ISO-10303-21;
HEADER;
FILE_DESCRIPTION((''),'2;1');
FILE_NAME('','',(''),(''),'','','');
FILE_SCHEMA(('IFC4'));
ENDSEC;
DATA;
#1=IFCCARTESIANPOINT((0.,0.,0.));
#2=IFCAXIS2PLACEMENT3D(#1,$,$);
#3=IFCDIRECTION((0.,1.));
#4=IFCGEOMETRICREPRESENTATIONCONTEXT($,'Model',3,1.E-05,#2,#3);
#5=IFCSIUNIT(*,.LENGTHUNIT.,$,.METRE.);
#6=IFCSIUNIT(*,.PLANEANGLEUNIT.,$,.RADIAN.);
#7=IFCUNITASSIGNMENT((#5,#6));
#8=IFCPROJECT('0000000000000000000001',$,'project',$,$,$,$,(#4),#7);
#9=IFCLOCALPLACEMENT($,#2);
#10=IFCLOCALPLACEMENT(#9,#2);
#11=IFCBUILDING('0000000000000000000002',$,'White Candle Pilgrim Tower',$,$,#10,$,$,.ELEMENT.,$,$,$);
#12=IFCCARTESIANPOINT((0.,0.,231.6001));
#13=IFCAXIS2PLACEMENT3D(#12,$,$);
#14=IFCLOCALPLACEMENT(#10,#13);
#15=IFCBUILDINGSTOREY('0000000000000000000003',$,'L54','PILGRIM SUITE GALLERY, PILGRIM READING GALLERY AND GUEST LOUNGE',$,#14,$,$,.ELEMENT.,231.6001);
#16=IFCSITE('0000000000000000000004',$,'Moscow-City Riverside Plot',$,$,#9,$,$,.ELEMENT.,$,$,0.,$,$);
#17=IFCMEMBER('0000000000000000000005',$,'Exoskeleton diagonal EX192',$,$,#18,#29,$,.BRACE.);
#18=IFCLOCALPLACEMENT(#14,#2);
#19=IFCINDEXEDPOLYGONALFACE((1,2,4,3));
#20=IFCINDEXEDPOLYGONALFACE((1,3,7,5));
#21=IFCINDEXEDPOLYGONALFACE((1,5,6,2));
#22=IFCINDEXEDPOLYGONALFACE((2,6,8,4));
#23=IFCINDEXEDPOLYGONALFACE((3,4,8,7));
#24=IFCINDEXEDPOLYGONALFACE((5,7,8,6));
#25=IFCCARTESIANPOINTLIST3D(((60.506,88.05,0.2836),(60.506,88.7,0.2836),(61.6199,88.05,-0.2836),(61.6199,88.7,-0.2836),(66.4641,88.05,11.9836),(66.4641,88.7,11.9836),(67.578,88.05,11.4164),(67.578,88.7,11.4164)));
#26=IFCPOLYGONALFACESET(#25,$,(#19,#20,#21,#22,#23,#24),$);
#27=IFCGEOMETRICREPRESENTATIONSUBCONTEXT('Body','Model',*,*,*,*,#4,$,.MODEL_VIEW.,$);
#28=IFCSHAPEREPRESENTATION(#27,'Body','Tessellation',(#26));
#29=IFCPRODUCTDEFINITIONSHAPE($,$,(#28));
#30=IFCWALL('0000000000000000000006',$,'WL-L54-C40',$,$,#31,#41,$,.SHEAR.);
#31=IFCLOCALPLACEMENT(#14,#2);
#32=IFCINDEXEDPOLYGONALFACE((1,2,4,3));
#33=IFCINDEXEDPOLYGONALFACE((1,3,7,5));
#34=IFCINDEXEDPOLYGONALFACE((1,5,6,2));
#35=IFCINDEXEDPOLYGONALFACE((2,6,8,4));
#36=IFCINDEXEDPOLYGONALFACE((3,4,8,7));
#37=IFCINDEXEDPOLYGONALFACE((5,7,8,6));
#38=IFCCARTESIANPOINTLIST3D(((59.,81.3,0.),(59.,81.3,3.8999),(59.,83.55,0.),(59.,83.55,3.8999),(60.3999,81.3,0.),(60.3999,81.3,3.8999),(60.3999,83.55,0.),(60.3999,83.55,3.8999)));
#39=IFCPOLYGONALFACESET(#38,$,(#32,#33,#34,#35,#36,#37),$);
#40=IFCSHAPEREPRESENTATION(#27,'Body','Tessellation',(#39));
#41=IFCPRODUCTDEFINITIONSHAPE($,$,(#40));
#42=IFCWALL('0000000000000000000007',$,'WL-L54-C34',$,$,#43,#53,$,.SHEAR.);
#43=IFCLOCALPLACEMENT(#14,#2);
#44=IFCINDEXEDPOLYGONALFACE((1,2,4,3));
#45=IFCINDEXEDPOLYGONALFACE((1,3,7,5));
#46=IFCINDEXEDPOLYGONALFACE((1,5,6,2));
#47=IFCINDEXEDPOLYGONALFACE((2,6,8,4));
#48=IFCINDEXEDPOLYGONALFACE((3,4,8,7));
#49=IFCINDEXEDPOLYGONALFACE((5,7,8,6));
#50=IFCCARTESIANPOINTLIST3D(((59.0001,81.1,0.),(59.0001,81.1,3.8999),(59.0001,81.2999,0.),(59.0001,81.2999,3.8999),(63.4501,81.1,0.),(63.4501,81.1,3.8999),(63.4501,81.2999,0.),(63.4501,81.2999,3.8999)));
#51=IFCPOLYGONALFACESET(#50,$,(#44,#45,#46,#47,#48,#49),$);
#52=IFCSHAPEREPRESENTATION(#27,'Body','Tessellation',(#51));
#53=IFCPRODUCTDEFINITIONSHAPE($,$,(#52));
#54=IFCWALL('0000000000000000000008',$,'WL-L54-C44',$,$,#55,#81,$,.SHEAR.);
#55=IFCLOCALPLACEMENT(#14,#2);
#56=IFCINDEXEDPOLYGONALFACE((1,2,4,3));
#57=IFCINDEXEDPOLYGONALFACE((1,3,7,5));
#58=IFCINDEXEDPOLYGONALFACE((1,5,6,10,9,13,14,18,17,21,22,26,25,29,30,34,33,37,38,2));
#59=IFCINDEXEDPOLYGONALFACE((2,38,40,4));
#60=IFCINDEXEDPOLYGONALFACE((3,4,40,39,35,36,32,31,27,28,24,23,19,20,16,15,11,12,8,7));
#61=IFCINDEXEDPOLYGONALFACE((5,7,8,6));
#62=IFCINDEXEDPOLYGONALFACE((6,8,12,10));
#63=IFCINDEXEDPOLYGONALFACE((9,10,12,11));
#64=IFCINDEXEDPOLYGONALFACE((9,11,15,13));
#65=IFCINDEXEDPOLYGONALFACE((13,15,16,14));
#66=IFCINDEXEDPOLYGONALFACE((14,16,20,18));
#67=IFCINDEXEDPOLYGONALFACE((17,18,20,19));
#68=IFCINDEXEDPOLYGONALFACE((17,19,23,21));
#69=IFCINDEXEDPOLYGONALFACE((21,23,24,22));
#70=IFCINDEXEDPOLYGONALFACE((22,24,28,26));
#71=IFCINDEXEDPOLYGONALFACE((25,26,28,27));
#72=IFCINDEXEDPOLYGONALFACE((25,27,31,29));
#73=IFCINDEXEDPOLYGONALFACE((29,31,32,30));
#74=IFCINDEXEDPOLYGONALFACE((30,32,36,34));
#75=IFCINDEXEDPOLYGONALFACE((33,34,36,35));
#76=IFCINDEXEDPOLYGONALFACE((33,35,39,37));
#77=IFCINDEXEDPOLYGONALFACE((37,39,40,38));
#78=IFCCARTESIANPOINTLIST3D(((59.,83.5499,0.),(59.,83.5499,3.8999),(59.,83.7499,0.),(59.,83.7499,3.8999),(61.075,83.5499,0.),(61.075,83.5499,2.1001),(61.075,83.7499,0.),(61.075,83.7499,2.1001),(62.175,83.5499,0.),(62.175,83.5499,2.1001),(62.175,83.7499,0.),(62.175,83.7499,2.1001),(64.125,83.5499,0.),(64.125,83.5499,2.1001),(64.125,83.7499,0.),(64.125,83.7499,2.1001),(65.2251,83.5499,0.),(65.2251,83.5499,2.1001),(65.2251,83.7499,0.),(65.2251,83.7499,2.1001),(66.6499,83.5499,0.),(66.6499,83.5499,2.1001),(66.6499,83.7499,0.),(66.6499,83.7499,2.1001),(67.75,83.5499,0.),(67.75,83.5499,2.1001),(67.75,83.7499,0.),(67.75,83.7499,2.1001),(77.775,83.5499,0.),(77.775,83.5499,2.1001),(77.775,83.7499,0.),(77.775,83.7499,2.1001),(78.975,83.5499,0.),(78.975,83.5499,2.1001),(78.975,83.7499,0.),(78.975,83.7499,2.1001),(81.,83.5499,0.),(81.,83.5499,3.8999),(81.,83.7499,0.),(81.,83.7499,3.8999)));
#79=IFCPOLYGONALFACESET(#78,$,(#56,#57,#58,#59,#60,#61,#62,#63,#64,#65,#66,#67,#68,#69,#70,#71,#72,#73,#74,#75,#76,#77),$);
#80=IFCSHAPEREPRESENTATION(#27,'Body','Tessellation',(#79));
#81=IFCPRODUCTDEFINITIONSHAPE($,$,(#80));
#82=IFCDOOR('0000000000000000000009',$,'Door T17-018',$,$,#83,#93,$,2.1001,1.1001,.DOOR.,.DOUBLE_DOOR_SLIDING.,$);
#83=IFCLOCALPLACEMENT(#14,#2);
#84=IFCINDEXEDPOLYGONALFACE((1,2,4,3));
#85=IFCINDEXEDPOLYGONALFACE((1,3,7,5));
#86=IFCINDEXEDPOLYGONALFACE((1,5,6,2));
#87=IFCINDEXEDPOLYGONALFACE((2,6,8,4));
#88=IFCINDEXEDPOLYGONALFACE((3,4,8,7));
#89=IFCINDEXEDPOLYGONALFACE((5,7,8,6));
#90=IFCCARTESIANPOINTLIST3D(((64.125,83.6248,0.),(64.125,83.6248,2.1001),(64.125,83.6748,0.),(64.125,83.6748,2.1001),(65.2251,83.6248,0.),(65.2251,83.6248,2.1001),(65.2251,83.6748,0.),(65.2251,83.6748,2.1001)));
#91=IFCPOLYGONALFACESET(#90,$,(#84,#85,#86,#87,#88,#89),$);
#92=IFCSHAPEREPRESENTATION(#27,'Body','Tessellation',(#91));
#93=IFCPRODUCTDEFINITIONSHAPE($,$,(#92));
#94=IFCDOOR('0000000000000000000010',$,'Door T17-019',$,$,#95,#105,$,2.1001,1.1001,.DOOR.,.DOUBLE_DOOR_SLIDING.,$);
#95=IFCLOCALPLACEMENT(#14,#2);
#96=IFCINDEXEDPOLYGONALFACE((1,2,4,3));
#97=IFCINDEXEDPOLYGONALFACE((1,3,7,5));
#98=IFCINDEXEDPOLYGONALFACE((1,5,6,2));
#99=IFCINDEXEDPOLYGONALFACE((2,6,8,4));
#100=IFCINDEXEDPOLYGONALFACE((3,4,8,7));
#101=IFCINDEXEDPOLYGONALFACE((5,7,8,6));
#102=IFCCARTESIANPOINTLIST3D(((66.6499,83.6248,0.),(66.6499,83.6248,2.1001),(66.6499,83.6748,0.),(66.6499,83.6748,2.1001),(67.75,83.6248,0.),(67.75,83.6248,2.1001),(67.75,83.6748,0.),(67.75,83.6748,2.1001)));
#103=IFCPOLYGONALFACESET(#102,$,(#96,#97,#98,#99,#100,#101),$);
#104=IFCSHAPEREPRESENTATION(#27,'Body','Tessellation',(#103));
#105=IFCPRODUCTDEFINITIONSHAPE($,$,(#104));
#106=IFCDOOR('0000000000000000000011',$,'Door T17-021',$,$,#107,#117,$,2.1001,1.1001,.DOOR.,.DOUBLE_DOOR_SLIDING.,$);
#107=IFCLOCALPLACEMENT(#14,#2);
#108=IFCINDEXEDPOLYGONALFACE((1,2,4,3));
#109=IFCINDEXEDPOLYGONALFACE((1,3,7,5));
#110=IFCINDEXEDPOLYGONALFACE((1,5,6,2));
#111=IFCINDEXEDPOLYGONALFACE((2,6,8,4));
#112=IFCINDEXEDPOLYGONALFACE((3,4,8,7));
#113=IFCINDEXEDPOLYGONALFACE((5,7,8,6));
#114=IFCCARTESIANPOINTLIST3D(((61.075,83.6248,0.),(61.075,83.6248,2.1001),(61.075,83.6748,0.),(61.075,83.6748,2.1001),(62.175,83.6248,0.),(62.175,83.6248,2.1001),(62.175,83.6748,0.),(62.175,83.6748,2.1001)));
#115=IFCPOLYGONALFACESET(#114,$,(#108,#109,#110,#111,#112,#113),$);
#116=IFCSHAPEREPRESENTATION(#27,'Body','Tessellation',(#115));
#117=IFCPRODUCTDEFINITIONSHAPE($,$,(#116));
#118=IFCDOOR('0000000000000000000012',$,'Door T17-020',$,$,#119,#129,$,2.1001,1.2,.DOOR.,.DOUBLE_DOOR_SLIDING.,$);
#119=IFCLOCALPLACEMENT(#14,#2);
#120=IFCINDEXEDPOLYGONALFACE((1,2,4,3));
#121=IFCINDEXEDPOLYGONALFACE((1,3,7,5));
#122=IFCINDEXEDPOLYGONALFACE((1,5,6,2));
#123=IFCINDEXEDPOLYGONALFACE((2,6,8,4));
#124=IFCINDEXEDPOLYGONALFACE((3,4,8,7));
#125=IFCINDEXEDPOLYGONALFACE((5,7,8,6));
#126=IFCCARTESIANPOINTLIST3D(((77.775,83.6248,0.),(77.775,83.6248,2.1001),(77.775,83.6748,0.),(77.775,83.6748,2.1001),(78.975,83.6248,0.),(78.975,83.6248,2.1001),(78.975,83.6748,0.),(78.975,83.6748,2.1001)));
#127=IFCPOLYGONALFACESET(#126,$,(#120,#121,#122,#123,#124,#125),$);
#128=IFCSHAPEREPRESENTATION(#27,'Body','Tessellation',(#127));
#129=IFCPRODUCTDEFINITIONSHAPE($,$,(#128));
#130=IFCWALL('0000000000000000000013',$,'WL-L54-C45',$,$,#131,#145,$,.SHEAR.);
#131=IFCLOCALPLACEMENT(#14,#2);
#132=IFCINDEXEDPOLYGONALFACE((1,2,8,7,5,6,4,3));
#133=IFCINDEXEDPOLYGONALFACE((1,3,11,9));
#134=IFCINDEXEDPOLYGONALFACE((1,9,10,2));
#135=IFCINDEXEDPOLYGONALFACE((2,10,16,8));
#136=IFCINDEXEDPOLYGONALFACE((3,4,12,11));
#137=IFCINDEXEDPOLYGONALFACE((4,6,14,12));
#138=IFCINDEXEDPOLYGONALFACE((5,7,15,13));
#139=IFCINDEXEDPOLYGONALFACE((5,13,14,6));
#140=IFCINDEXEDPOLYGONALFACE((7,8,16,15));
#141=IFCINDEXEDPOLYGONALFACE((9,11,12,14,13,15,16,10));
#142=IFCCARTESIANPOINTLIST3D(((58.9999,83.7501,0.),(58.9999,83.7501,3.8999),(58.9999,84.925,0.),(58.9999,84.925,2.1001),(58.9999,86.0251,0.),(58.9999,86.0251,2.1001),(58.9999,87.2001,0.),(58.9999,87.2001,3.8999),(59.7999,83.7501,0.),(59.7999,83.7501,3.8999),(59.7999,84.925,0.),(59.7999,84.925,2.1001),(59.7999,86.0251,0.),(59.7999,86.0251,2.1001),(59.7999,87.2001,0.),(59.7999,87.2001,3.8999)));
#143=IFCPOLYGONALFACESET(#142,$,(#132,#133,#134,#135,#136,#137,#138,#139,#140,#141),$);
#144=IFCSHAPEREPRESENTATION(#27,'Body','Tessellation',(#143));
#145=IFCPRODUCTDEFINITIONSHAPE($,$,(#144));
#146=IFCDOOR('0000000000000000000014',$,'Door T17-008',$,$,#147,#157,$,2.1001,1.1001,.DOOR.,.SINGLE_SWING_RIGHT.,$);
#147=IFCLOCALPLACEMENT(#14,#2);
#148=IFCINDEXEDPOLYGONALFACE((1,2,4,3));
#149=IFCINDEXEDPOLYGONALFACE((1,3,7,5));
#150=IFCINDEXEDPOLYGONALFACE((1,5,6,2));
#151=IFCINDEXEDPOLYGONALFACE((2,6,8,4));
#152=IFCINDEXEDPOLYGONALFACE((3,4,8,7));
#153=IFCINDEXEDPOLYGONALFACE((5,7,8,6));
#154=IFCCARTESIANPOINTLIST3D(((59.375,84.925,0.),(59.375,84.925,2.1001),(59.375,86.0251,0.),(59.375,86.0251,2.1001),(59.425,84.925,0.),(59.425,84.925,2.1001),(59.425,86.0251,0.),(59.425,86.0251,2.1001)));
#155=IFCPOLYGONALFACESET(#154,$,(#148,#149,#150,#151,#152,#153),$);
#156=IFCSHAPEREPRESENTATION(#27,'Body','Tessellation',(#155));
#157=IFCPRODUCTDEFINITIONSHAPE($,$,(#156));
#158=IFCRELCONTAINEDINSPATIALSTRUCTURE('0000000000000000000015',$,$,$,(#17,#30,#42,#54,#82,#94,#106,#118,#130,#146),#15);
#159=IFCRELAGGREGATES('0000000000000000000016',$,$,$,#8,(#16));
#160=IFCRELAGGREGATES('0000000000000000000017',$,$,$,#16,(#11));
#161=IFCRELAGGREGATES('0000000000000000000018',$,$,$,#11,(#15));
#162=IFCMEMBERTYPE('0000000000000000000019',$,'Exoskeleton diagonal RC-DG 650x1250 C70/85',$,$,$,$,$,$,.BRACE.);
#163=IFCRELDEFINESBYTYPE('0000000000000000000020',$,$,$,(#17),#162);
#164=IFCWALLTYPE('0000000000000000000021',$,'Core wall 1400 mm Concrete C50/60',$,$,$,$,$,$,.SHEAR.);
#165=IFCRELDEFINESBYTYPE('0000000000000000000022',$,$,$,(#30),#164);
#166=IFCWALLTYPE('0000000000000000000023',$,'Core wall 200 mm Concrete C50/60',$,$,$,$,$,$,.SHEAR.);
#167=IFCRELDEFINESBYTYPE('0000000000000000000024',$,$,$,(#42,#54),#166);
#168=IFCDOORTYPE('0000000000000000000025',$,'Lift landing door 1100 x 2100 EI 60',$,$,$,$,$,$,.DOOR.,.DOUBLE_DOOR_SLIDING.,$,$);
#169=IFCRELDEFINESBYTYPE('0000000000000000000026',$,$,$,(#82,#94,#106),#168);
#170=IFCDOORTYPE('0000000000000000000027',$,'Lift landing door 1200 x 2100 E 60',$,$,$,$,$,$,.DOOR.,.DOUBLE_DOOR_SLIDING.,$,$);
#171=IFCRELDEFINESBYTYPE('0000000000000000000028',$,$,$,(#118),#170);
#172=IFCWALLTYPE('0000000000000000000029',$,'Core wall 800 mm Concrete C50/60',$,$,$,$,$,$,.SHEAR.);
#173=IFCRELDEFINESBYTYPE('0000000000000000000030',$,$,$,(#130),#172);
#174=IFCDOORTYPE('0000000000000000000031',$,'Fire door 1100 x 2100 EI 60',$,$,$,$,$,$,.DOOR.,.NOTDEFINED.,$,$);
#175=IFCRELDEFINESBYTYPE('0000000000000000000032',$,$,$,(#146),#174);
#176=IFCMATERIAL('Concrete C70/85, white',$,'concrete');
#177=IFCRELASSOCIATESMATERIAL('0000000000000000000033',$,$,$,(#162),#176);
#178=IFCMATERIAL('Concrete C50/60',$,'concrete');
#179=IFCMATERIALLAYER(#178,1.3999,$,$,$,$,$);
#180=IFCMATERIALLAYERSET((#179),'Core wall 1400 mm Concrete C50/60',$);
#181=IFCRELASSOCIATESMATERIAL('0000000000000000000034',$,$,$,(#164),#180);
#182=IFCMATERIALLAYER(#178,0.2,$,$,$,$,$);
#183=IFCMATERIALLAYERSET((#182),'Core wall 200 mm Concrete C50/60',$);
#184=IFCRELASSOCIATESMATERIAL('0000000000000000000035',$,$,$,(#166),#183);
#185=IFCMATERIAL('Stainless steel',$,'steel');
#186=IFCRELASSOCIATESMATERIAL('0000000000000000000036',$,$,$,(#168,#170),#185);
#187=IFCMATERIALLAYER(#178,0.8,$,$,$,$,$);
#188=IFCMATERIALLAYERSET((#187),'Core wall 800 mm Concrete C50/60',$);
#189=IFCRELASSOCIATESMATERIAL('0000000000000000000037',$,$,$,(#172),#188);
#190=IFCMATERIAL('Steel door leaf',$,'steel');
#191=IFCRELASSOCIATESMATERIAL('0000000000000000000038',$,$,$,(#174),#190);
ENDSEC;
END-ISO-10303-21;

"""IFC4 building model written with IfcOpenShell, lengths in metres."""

from ifc_helpers import new_model, si_unit, direction, frame, frame_2d, origin, origin_2d, place, context, subcontext, project, spatial, rectangle, extrude, material, layer, layer_set, material_profile, profile_set, type_object, element, fill, save


model = new_model("IFC4")

# Units and contexts
model_context = context("Model", 3, precision=1e-05, world=origin(), true_north=direction((0.0, 1.0)))
body_context = subcontext(model_context, "Body", "Model", "MODEL_VIEW")
ifc_project = project(units=[si_unit("LENGTHUNIT", "METRE"), si_unit("PLANEANGLEUNIT", "RADIAN")], contexts=[model_context])

# Site, building, storey
site_placement = place(None, origin())
site = spatial("IfcSite", under=ifc_project, at=site_placement, Name="Moscow-City Riverside Plot", CompositionType="ELEMENT", RefElevation=0.0)
building_placement = place(site_placement, origin())
building = spatial("IfcBuilding", under=site, at=building_placement, Name="White Candle Pilgrim Tower", CompositionType="ELEMENT")
storey_placement = place(building_placement, frame((0.0, 0.0, 231.6001)))
storey = spatial("IfcBuildingStorey", under=building, at=storey_placement, Name="L54", Description="PILGRIM SUITE GALLERY, PILGRIM READING GALLERY AND GUEST LOUNGE", CompositionType="ELEMENT", Elevation=231.6001)

# Member
ifc_material_1 = material(Name="Concrete C70/85, white", Category="concrete")
ifc_material_profile = material_profile(ifc_material_1, rectangle(XDim=0.6499, YDim=1.25, at=origin_2d()), Name="RC-DG 650x1250")
ifc_profile_set = profile_set([ifc_material_profile], Name="Concrete C70/85, white")
member_type = type_object("IfcMemberType", Name="Exoskeleton diagonal RC-DG 650x1250 C70/85", PredefinedType="BRACE", material=ifc_profile_set)
member_placement = place(storey_placement, frame((61.063, 88.375, 0.0), z_axis=(0.453784, 0.0, 0.891112), x_axis=(0.0, 1.0, 0.0)))
element("IfcMember", 1, at=member_placement, inside=storey, type_object=member_type, Name="Exoskeleton diagonal EX192", PredefinedType="BRACE", context=body_context, shape_type="SweptSolid", body=[
    extrude(rectangle(XDim=0.6499, YDim=1.25, at=origin_2d()), origin(), (0.0, 0.0, 1.0), 13.1296),
])

# Walls
ifc_material_2 = material(Name="Concrete C50/60", Category="concrete")
ifc_layer_1 = layer(ifc_material_2, 1.3999)
ifc_layer_set_1 = layer_set([ifc_layer_1], Name="Core wall 1400 mm Concrete C50/60")
wall_type_1 = type_object("IfcWallType", Name="Core wall 1400 mm Concrete C50/60", PredefinedType="SHEAR", material=ifc_layer_set_1)
wall_1_placement = place(storey_placement, frame((59.7, 81.3, 0.0), z_axis=(0.0, 0.0, 1.0), x_axis=(0.0, 1.0, 0.0)))
element("IfcWall", 2, at=wall_1_placement, inside=storey, type_object=wall_type_1, Name="WL-L54-C40", PredefinedType="SHEAR", context=body_context, shape_type="SweptSolid", body=[
    extrude(rectangle(XDim=2.25, YDim=1.3999, at=frame_2d((1.125, 0.0))), origin(), (0.0, 0.0, 1.0), 3.8999),
])
ifc_layer_2 = layer(ifc_material_2, 0.2)
ifc_layer_set_2 = layer_set([ifc_layer_2], Name="Core wall 200 mm Concrete C50/60")
wall_type_2 = type_object("IfcWallType", Name="Core wall 200 mm Concrete C50/60", PredefinedType="SHEAR", material=ifc_layer_set_2)
wall_2_placement = place(storey_placement, frame((59.0, 81.2, 0.0), z_axis=(0.0, 0.0, 1.0), x_axis=(1.0, 0.0, 0.0)))
element("IfcWall", 3, at=wall_2_placement, inside=storey, type_object=wall_type_2, Name="WL-L54-C34", PredefinedType="SHEAR", context=body_context, shape_type="SweptSolid", body=[
    extrude(rectangle(XDim=4.45, YDim=0.2, at=frame_2d((2.2251, 0.0))), origin(), (0.0, 0.0, 1.0), 3.8999),
])

# Wall, openings, doors
wall_3_placement = place(storey_placement, frame((59.0, 83.6499, 0.0), z_axis=(0.0, 0.0, 1.0), x_axis=(1.0, 0.0, 0.0)))
wall_3 = element("IfcWall", 4, at=wall_3_placement, inside=storey, type_object=wall_type_2, Name="WL-L54-C44", PredefinedType="SHEAR", context=body_context, shape_type="SweptSolid", body=[
    extrude(rectangle(XDim=22.0, YDim=0.2, at=frame_2d((11.0, 0.0))), origin(), (0.0, 0.0, 1.0), 3.8999),
])
opening_1_placement = place(wall_3_placement, frame((5.125, 0.0, 0.0)))
opening_1 = element("IfcOpeningElement", 5, at=opening_1_placement, cuts=wall_3, PredefinedType="OPENING", context=body_context, shape_type="SweptSolid", body=[
    extrude(rectangle(XDim=1.1001, YDim=2.1001, at=frame_2d((0.55, 1.05))), frame((0.0, 0.1099, 0.0), z_axis=(0.0, -1.0, 0.0), x_axis=(1.0, 0.0, 0.0)), (0.0, 0.0, 1.0), 0.22),
])
opening_2_placement = place(wall_3_placement, frame((7.6499, 0.0, 0.0)))
opening_2 = element("IfcOpeningElement", 6, at=opening_2_placement, cuts=wall_3, PredefinedType="OPENING", context=body_context, shape_type="SweptSolid", body=[
    extrude(rectangle(XDim=1.1001, YDim=2.1001, at=frame_2d((0.55, 1.05))), frame((0.0, 0.1099, 0.0), z_axis=(0.0, -1.0, 0.0), x_axis=(1.0, 0.0, 0.0)), (0.0, 0.0, 1.0), 0.22),
])
opening_3_placement = place(wall_3_placement, frame((18.7749, 0.0, 0.0)))
opening_3 = element("IfcOpeningElement", 7, at=opening_3_placement, cuts=wall_3, PredefinedType="OPENING", context=body_context, shape_type="SweptSolid", body=[
    extrude(rectangle(XDim=1.2, YDim=2.1001, at=frame_2d((0.6001, 1.05))), frame((0.0, 0.1099, 0.0), z_axis=(0.0, -1.0, 0.0), x_axis=(1.0, 0.0, 0.0)), (0.0, 0.0, 1.0), 0.22),
])
opening_4_placement = place(wall_3_placement, frame((2.075, 0.0, 0.0)))
opening_4 = element("IfcOpeningElement", 8, at=opening_4_placement, cuts=wall_3, PredefinedType="OPENING", context=body_context, shape_type="SweptSolid", body=[
    extrude(rectangle(XDim=1.1001, YDim=2.1001, at=frame_2d((0.55, 1.05))), frame((0.0, 0.1099, 0.0), z_axis=(0.0, -1.0, 0.0), x_axis=(1.0, 0.0, 0.0)), (0.0, 0.0, 1.0), 0.22),
])
ifc_material_3 = material(Name="Stainless steel", Category="steel")
door_type_1 = type_object("IfcDoorType", Name="Lift landing door 1100 x 2100 EI 60", OperationType="DOUBLE_DOOR_SLIDING", PredefinedType="DOOR", material=ifc_material_3)
door_1_placement = place(opening_1_placement, origin())
door_1 = element("IfcDoor", 9, at=door_1_placement, inside=storey, type_object=door_type_1, Name="Door T17-018", OperationType="DOUBLE_DOOR_SLIDING", OverallHeight=2.1001, OverallWidth=1.1001, PredefinedType="DOOR", context=body_context, shape_type="SweptSolid", body=[
    extrude(rectangle(XDim=1.1001, YDim=2.1001, at=frame_2d((0.55, 1.05))), frame((0.0, 0.0249, 0.0), z_axis=(0.0, -1.0, 0.0), x_axis=(1.0, 0.0, 0.0)), (0.0, 0.0, 1.0), 0.05),
])
fill(opening_1, door_1)
door_2_placement = place(opening_2_placement, origin())
door_2 = element("IfcDoor", 10, at=door_2_placement, inside=storey, type_object=door_type_1, Name="Door T17-019", OperationType="DOUBLE_DOOR_SLIDING", OverallHeight=2.1001, OverallWidth=1.1001, PredefinedType="DOOR", context=body_context, shape_type="SweptSolid", body=[
    extrude(rectangle(XDim=1.1001, YDim=2.1001, at=frame_2d((0.55, 1.05))), frame((0.0, 0.0249, 0.0), z_axis=(0.0, -1.0, 0.0), x_axis=(1.0, 0.0, 0.0)), (0.0, 0.0, 1.0), 0.05),
])
fill(opening_2, door_2)
door_3_placement = place(opening_4_placement, origin())
door_3 = element("IfcDoor", 11, at=door_3_placement, inside=storey, type_object=door_type_1, Name="Door T17-021", OperationType="DOUBLE_DOOR_SLIDING", OverallHeight=2.1001, OverallWidth=1.1001, PredefinedType="DOOR", context=body_context, shape_type="SweptSolid", body=[
    extrude(rectangle(XDim=1.1001, YDim=2.1001, at=frame_2d((0.55, 1.05))), frame((0.0, 0.0249, 0.0), z_axis=(0.0, -1.0, 0.0), x_axis=(1.0, 0.0, 0.0)), (0.0, 0.0, 1.0), 0.05),
])
fill(opening_4, door_3)
door_type_2 = type_object("IfcDoorType", Name="Lift landing door 1200 x 2100 E 60", OperationType="DOUBLE_DOOR_SLIDING", PredefinedType="DOOR", material=ifc_material_3)
door_4_placement = place(opening_3_placement, origin())
door_4 = element("IfcDoor", 12, at=door_4_placement, inside=storey, type_object=door_type_2, Name="Door T17-020", OperationType="DOUBLE_DOOR_SLIDING", OverallHeight=2.1001, OverallWidth=1.2, PredefinedType="DOOR", context=body_context, shape_type="SweptSolid", body=[
    extrude(rectangle(XDim=1.2, YDim=2.1001, at=frame_2d((0.6001, 1.05))), frame((0.0, 0.0249, 0.0), z_axis=(0.0, -1.0, 0.0), x_axis=(1.0, 0.0, 0.0)), (0.0, 0.0, 1.0), 0.05),
])
fill(opening_3, door_4)

# Wall, opening, door
ifc_layer_3 = layer(ifc_material_2, 0.8)
ifc_layer_set_3 = layer_set([ifc_layer_3], Name="Core wall 800 mm Concrete C50/60")
wall_type_3 = type_object("IfcWallType", Name="Core wall 800 mm Concrete C50/60", PredefinedType="SHEAR", material=ifc_layer_set_3)
wall_4_placement = place(storey_placement, frame((59.3999, 83.75, 0.0), z_axis=(0.0, 0.0, 1.0), x_axis=(0.0, 1.0, 0.0)))
wall_4 = element("IfcWall", 13, at=wall_4_placement, inside=storey, type_object=wall_type_3, Name="WL-L54-C45", PredefinedType="SHEAR", context=body_context, shape_type="SweptSolid", body=[
    extrude(rectangle(XDim=3.45, YDim=0.8, at=frame_2d((1.7251, 0.0))), origin(), (0.0, 0.0, 1.0), 3.8999),
])
opening_5_placement = place(wall_4_placement, frame((1.175, 0.0, 0.0)))
opening_5 = element("IfcOpeningElement", 14, at=opening_5_placement, cuts=wall_4, PredefinedType="OPENING", context=body_context, shape_type="SweptSolid", body=[
    extrude(rectangle(XDim=1.1001, YDim=2.1001, at=frame_2d((0.55, 1.05))), frame((0.0, 0.4099, 0.0), z_axis=(0.0, -1.0, 0.0), x_axis=(1.0, 0.0, 0.0)), (0.0, 0.0, 1.0), 0.8201),
])
ifc_material_4 = material(Name="Steel door leaf", Category="steel")
door_type_3 = type_object("IfcDoorType", Name="Fire door 1100 x 2100 EI 60", OperationType="NOTDEFINED", PredefinedType="DOOR", material=ifc_material_4)
door_5_placement = place(opening_5_placement, origin())
door_5 = element("IfcDoor", 15, at=door_5_placement, inside=storey, type_object=door_type_3, Name="Door T17-008", OperationType="SINGLE_SWING_RIGHT", OverallHeight=2.1001, OverallWidth=1.1001, PredefinedType="DOOR", context=body_context, shape_type="SweptSolid", body=[
    extrude(rectangle(XDim=1.1001, YDim=2.1001, at=frame_2d((0.55, 1.05))), frame((0.0, 0.0249, 0.0), z_axis=(0.0, -1.0, 0.0), x_axis=(1.0, 0.0, 0.0)), (0.0, 0.0, 1.0), 0.05),
])
fill(opening_5, door_5)

save(model, "model.ifc")
